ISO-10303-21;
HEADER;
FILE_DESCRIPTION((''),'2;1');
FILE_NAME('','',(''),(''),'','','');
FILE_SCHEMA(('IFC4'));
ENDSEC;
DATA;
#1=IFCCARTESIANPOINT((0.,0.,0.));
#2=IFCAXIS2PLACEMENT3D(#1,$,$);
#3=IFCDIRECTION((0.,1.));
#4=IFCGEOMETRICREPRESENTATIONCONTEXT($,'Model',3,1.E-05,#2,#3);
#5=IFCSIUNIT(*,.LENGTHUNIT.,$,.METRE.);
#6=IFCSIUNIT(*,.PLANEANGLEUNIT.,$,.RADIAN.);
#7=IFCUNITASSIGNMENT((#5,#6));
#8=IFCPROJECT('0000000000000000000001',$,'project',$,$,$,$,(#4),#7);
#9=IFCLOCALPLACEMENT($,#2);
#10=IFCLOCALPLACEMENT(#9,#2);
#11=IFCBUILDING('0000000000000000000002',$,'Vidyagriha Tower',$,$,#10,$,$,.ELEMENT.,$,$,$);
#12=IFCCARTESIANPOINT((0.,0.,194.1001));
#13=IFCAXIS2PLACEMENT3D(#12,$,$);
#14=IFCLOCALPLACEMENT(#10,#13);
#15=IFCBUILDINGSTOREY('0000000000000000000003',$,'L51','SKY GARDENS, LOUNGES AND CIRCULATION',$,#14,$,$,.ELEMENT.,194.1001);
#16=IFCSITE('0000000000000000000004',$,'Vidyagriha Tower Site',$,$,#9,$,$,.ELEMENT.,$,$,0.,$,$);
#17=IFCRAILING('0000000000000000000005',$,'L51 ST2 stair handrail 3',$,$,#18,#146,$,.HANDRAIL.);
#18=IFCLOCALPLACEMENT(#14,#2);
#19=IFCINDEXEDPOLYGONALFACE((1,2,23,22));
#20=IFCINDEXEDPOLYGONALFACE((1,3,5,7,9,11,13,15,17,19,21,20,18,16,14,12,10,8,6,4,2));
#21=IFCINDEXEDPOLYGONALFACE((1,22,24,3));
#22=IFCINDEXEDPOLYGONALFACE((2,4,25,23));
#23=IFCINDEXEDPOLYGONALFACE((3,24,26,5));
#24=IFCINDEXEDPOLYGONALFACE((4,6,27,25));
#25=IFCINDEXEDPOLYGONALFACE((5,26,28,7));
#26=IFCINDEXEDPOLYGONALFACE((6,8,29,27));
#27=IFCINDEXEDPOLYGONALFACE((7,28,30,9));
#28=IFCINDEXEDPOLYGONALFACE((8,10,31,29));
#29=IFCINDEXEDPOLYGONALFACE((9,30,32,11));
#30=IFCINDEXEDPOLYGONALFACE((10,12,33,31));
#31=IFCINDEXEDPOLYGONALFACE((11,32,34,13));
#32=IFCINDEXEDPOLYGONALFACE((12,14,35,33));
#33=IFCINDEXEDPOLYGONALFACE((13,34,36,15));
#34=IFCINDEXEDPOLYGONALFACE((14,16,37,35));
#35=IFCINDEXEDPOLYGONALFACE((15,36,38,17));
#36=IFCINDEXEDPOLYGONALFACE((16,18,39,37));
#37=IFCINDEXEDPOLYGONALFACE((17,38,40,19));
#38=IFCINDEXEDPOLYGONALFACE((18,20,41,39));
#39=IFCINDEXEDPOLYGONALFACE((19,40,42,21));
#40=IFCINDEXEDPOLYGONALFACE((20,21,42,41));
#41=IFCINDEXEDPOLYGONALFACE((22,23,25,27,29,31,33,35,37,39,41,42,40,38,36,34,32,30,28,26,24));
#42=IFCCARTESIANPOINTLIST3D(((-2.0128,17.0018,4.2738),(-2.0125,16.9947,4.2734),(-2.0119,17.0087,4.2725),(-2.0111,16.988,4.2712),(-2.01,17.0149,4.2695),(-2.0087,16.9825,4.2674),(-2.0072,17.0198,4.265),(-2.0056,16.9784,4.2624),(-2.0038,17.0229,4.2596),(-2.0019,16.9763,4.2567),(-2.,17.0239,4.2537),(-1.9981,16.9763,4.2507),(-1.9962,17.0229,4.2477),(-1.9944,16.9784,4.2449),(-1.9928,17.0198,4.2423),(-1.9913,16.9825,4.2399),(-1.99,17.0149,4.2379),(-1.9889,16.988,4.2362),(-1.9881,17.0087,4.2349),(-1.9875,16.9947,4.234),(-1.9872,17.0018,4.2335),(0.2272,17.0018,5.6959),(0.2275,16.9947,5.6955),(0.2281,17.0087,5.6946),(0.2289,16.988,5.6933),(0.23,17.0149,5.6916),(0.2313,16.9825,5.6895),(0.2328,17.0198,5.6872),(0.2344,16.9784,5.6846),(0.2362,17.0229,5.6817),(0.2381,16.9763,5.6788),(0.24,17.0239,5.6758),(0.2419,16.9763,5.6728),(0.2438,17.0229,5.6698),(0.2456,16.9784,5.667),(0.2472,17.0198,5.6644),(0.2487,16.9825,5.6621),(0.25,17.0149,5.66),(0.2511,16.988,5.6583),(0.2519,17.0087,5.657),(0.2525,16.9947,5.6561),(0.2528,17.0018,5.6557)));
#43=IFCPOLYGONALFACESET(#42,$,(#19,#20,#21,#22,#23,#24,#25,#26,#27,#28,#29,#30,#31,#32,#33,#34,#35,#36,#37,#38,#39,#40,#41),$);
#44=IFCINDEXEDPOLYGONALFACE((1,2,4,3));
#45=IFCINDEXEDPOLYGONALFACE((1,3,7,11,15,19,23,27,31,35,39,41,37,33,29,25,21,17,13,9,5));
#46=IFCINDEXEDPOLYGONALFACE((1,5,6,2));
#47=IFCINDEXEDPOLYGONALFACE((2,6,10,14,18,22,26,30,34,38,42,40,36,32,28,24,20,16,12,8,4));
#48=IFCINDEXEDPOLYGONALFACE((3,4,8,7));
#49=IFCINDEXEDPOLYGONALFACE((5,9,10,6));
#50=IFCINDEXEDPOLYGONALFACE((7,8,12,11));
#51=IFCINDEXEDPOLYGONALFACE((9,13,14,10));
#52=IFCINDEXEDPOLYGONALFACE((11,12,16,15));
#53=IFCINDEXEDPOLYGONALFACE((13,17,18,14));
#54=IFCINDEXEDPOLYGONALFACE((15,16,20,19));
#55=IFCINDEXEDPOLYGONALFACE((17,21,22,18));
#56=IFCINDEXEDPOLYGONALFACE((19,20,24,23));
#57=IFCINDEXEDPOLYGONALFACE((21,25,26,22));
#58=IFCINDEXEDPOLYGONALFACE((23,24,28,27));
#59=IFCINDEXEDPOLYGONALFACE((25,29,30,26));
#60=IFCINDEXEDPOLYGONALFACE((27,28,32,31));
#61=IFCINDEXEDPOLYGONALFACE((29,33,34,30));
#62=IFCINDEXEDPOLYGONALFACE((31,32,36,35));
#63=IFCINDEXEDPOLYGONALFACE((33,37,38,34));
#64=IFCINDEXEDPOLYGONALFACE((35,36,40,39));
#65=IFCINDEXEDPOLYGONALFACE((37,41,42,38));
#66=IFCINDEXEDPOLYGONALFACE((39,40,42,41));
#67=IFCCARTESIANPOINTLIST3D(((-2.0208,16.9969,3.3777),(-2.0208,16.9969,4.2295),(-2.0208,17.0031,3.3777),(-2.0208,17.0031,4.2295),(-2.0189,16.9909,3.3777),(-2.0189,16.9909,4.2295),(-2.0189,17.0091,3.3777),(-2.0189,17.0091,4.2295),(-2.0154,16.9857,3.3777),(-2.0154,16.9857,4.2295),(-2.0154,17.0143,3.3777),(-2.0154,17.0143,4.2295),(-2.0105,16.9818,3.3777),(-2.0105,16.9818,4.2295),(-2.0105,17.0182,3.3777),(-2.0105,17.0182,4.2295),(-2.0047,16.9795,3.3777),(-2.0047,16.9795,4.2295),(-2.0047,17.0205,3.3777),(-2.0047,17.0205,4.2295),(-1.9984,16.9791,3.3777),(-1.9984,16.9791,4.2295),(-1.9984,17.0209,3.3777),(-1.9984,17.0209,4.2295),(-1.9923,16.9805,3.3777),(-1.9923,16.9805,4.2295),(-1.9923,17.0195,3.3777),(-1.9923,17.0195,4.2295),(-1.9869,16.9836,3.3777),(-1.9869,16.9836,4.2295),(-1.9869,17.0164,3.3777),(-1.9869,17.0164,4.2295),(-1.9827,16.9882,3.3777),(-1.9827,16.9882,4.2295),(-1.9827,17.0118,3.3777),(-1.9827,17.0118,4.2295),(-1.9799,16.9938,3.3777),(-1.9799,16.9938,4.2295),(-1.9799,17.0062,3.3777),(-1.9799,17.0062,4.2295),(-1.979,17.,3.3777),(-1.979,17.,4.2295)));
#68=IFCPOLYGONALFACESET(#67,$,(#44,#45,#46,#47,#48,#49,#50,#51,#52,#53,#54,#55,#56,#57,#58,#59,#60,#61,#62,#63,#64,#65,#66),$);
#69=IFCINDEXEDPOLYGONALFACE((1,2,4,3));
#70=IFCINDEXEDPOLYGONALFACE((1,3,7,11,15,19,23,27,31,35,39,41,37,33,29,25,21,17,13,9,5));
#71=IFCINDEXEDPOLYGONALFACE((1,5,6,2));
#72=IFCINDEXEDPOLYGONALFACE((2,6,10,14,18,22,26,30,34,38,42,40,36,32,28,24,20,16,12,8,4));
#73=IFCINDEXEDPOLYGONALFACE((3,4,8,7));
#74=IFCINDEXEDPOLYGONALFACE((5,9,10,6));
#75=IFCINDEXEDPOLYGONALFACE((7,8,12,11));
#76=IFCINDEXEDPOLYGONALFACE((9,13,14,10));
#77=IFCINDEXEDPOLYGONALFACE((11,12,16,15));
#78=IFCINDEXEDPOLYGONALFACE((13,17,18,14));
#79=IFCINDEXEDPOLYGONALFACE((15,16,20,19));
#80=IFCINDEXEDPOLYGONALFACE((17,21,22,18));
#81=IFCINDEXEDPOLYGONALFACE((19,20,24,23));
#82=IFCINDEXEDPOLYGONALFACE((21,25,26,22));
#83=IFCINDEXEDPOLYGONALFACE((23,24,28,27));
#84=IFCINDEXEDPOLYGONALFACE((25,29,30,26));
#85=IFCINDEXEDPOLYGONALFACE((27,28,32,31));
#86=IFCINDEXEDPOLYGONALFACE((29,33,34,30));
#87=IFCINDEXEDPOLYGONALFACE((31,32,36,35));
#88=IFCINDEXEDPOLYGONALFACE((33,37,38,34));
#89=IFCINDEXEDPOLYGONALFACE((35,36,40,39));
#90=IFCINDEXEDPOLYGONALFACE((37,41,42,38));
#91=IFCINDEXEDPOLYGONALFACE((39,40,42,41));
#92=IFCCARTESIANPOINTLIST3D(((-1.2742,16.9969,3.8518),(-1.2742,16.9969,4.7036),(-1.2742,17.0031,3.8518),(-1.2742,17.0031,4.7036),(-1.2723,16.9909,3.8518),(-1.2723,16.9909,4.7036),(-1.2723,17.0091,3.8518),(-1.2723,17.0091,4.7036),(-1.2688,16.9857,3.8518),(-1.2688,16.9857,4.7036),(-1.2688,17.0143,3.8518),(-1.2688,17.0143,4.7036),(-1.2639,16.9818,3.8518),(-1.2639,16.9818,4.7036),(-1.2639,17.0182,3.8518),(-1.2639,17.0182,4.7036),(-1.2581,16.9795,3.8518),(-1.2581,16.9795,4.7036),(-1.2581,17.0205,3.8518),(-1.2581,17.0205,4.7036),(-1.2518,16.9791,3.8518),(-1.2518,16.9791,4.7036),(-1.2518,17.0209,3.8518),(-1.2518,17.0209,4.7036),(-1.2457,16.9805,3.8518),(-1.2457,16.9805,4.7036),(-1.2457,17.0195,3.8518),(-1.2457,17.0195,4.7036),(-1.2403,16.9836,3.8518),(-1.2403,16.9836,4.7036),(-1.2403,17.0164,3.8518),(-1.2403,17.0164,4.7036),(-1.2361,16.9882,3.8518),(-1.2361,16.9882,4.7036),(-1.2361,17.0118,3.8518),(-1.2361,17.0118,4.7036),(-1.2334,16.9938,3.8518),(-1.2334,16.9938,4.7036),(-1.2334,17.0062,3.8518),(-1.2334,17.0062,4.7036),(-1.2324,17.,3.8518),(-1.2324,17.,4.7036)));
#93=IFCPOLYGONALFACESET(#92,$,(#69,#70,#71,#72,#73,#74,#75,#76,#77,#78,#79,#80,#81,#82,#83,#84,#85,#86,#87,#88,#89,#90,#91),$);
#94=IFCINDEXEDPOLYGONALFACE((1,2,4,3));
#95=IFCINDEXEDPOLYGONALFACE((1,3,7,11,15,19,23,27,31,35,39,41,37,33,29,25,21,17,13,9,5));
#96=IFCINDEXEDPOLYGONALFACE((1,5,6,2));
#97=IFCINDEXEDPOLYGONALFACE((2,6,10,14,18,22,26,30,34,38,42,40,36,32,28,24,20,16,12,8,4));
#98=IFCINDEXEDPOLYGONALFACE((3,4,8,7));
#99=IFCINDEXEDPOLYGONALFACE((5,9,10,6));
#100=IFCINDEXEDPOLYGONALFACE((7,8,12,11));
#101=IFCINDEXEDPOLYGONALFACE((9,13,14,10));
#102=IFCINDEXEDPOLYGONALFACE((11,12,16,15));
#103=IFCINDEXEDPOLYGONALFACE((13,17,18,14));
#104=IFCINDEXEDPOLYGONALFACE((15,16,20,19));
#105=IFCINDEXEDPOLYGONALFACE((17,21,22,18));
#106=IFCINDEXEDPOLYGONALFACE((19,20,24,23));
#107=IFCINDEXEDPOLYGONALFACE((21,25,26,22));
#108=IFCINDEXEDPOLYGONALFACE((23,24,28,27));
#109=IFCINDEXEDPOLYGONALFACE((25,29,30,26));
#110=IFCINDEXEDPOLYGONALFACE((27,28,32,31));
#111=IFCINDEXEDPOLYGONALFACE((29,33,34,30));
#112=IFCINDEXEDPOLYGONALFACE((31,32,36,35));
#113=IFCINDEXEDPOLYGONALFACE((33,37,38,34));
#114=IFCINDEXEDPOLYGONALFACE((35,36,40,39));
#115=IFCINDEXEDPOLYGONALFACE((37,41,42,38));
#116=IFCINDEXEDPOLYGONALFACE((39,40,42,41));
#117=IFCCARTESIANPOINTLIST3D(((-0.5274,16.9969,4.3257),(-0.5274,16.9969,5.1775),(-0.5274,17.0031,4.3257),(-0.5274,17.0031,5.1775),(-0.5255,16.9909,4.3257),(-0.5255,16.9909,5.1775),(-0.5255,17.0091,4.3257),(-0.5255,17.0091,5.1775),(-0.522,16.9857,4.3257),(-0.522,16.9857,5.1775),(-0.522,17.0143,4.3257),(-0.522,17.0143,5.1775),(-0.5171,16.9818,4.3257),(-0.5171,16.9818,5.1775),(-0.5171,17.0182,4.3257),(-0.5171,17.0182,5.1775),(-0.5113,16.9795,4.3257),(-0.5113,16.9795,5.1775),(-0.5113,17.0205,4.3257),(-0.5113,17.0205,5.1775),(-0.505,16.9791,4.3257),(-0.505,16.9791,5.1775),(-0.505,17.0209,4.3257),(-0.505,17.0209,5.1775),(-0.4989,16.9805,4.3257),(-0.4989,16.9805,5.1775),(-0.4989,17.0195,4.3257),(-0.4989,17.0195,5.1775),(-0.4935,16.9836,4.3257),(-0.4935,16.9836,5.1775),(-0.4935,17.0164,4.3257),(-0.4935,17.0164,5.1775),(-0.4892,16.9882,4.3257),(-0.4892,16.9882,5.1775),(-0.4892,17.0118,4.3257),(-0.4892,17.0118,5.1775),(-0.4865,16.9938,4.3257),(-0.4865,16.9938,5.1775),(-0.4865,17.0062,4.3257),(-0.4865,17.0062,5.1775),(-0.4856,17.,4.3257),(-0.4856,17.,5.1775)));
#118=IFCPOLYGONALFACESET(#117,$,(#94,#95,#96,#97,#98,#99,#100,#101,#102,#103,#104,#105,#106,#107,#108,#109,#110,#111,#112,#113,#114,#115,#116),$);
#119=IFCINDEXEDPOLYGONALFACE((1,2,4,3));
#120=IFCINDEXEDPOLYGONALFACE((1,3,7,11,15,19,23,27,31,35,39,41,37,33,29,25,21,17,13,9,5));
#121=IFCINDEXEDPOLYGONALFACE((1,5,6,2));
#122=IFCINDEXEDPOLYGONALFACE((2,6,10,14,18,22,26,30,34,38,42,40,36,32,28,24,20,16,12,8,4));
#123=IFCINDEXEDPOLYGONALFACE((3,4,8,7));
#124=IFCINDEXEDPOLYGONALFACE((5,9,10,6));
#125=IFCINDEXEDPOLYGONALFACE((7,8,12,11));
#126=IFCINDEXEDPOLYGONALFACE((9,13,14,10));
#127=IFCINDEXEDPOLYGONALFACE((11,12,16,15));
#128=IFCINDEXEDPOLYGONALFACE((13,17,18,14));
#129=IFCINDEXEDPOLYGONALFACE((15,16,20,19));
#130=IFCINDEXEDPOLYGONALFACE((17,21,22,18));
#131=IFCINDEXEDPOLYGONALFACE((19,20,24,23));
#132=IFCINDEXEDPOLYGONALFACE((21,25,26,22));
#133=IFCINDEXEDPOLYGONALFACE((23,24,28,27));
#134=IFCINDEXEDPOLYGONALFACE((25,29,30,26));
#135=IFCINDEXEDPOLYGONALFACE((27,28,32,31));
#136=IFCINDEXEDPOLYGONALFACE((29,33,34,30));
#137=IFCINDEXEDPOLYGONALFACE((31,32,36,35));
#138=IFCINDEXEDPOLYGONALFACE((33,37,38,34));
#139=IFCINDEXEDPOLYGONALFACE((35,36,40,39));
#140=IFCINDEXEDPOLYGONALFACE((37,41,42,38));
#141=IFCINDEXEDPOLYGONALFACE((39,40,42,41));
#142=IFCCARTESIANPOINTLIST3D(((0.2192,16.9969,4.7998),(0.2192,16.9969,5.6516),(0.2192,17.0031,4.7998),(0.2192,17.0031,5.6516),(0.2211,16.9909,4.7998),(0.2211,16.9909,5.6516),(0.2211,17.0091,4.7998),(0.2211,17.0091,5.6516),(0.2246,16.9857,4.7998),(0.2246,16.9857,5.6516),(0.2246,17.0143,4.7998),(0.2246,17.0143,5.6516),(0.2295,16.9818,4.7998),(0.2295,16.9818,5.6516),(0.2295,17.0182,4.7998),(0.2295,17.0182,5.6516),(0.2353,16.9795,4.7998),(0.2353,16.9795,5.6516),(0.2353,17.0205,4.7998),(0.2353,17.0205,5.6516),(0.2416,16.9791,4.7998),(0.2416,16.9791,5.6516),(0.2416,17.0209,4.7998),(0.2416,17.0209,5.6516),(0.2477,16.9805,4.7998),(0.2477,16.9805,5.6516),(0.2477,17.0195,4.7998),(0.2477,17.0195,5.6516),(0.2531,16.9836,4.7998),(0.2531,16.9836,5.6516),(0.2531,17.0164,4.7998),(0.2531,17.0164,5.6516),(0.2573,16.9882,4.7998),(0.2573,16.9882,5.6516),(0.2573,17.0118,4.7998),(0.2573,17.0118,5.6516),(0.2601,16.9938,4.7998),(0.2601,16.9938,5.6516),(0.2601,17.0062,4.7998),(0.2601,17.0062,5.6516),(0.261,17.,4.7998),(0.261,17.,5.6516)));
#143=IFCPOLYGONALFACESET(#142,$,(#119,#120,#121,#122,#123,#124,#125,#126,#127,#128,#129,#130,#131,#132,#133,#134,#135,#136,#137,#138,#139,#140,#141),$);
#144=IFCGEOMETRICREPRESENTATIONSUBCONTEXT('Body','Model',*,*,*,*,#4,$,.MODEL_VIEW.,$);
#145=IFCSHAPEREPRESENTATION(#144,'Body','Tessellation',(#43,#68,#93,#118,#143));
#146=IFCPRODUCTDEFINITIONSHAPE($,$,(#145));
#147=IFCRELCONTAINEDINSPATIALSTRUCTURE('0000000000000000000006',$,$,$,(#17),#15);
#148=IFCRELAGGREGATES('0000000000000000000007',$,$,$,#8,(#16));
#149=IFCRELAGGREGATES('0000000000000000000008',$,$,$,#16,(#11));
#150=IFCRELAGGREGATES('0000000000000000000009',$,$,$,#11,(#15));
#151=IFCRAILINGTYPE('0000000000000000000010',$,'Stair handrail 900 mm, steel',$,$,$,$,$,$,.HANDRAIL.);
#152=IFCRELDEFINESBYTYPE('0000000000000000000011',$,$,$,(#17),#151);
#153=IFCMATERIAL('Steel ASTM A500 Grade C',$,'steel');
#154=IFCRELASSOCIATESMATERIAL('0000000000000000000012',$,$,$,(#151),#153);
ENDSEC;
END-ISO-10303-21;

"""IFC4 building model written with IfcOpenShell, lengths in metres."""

from ifc_helpers import new_model, si_unit, direction, frame, origin, origin_2d, place, context, subcontext, project, spatial, circle, extrude, material, type_object, element, save


model = new_model("IFC4")

# Units and contexts
model_context = context("Model", 3, precision=1e-05, world=origin(), true_north=direction((0.0, 1.0)))
body_context = subcontext(model_context, "Body", "Model", "MODEL_VIEW")
ifc_project = project(units=[si_unit("LENGTHUNIT", "METRE"), si_unit("PLANEANGLEUNIT", "RADIAN")], contexts=[model_context])

# Site, building, storey
site_placement = place(None, origin())
site = spatial("IfcSite", under=ifc_project, at=site_placement, Name="Vidyagriha Tower Site", CompositionType="ELEMENT", RefElevation=0.0)
building_placement = place(site_placement, origin())
building = spatial("IfcBuilding", under=site, at=building_placement, Name="Vidyagriha Tower", CompositionType="ELEMENT")
storey_placement = place(building_placement, frame((0.0, 0.0, 194.1001)))
storey = spatial("IfcBuildingStorey", under=building, at=storey_placement, Name="L51", Description="SKY GARDENS, LOUNGES AND CIRCULATION", CompositionType="ELEMENT", Elevation=194.1001)

# Railing
ifc_material_1 = material(Name="Steel ASTM A500 Grade C", Category="steel")
railing_type_1 = type_object("IfcRailingType", Name="Stair handrail 900 mm, steel", PredefinedType="HANDRAIL", material=ifc_material_1)
for number, where, name in (
    (1, (-2.0, 17.0, 3.3777), "L51 ST2 stair handrail 3"),
):
    element("IfcRailing", number, at=place(storey_placement, frame(where)), inside=storey, type_object=railing_type_1, Name=name, PredefinedType="HANDRAIL", context=body_context, shape_type="SweptSolid", body=[
        extrude(circle(Radius=0.0239, at=origin_2d()), frame((0.0, 0.0, 0.876), z_axis=(0.844229, 0.0, 0.535982), x_axis=(0.0, 1.0, 0.0)), (0.0, 0.0, 1.0), 2.6533),
        extrude(circle(Radius=0.021, at=origin_2d()), origin(), (0.0, 0.0, 1.0), 0.8518),
        extrude(circle(Radius=0.021, at=origin_2d()), frame((0.7466, 0.0, 0.4741)), (0.0, 0.0, 1.0), 0.8518),
        extrude(circle(Radius=0.021, at=origin_2d()), frame((1.4934, 0.0, 0.948)), (0.0, 0.0, 1.0), 0.8518),
        extrude(circle(Radius=0.021, at=origin_2d()), frame((2.24, 0.0, 1.4221)), (0.0, 0.0, 1.0), 0.8518),
    ])

save(model, "model.ifc")
